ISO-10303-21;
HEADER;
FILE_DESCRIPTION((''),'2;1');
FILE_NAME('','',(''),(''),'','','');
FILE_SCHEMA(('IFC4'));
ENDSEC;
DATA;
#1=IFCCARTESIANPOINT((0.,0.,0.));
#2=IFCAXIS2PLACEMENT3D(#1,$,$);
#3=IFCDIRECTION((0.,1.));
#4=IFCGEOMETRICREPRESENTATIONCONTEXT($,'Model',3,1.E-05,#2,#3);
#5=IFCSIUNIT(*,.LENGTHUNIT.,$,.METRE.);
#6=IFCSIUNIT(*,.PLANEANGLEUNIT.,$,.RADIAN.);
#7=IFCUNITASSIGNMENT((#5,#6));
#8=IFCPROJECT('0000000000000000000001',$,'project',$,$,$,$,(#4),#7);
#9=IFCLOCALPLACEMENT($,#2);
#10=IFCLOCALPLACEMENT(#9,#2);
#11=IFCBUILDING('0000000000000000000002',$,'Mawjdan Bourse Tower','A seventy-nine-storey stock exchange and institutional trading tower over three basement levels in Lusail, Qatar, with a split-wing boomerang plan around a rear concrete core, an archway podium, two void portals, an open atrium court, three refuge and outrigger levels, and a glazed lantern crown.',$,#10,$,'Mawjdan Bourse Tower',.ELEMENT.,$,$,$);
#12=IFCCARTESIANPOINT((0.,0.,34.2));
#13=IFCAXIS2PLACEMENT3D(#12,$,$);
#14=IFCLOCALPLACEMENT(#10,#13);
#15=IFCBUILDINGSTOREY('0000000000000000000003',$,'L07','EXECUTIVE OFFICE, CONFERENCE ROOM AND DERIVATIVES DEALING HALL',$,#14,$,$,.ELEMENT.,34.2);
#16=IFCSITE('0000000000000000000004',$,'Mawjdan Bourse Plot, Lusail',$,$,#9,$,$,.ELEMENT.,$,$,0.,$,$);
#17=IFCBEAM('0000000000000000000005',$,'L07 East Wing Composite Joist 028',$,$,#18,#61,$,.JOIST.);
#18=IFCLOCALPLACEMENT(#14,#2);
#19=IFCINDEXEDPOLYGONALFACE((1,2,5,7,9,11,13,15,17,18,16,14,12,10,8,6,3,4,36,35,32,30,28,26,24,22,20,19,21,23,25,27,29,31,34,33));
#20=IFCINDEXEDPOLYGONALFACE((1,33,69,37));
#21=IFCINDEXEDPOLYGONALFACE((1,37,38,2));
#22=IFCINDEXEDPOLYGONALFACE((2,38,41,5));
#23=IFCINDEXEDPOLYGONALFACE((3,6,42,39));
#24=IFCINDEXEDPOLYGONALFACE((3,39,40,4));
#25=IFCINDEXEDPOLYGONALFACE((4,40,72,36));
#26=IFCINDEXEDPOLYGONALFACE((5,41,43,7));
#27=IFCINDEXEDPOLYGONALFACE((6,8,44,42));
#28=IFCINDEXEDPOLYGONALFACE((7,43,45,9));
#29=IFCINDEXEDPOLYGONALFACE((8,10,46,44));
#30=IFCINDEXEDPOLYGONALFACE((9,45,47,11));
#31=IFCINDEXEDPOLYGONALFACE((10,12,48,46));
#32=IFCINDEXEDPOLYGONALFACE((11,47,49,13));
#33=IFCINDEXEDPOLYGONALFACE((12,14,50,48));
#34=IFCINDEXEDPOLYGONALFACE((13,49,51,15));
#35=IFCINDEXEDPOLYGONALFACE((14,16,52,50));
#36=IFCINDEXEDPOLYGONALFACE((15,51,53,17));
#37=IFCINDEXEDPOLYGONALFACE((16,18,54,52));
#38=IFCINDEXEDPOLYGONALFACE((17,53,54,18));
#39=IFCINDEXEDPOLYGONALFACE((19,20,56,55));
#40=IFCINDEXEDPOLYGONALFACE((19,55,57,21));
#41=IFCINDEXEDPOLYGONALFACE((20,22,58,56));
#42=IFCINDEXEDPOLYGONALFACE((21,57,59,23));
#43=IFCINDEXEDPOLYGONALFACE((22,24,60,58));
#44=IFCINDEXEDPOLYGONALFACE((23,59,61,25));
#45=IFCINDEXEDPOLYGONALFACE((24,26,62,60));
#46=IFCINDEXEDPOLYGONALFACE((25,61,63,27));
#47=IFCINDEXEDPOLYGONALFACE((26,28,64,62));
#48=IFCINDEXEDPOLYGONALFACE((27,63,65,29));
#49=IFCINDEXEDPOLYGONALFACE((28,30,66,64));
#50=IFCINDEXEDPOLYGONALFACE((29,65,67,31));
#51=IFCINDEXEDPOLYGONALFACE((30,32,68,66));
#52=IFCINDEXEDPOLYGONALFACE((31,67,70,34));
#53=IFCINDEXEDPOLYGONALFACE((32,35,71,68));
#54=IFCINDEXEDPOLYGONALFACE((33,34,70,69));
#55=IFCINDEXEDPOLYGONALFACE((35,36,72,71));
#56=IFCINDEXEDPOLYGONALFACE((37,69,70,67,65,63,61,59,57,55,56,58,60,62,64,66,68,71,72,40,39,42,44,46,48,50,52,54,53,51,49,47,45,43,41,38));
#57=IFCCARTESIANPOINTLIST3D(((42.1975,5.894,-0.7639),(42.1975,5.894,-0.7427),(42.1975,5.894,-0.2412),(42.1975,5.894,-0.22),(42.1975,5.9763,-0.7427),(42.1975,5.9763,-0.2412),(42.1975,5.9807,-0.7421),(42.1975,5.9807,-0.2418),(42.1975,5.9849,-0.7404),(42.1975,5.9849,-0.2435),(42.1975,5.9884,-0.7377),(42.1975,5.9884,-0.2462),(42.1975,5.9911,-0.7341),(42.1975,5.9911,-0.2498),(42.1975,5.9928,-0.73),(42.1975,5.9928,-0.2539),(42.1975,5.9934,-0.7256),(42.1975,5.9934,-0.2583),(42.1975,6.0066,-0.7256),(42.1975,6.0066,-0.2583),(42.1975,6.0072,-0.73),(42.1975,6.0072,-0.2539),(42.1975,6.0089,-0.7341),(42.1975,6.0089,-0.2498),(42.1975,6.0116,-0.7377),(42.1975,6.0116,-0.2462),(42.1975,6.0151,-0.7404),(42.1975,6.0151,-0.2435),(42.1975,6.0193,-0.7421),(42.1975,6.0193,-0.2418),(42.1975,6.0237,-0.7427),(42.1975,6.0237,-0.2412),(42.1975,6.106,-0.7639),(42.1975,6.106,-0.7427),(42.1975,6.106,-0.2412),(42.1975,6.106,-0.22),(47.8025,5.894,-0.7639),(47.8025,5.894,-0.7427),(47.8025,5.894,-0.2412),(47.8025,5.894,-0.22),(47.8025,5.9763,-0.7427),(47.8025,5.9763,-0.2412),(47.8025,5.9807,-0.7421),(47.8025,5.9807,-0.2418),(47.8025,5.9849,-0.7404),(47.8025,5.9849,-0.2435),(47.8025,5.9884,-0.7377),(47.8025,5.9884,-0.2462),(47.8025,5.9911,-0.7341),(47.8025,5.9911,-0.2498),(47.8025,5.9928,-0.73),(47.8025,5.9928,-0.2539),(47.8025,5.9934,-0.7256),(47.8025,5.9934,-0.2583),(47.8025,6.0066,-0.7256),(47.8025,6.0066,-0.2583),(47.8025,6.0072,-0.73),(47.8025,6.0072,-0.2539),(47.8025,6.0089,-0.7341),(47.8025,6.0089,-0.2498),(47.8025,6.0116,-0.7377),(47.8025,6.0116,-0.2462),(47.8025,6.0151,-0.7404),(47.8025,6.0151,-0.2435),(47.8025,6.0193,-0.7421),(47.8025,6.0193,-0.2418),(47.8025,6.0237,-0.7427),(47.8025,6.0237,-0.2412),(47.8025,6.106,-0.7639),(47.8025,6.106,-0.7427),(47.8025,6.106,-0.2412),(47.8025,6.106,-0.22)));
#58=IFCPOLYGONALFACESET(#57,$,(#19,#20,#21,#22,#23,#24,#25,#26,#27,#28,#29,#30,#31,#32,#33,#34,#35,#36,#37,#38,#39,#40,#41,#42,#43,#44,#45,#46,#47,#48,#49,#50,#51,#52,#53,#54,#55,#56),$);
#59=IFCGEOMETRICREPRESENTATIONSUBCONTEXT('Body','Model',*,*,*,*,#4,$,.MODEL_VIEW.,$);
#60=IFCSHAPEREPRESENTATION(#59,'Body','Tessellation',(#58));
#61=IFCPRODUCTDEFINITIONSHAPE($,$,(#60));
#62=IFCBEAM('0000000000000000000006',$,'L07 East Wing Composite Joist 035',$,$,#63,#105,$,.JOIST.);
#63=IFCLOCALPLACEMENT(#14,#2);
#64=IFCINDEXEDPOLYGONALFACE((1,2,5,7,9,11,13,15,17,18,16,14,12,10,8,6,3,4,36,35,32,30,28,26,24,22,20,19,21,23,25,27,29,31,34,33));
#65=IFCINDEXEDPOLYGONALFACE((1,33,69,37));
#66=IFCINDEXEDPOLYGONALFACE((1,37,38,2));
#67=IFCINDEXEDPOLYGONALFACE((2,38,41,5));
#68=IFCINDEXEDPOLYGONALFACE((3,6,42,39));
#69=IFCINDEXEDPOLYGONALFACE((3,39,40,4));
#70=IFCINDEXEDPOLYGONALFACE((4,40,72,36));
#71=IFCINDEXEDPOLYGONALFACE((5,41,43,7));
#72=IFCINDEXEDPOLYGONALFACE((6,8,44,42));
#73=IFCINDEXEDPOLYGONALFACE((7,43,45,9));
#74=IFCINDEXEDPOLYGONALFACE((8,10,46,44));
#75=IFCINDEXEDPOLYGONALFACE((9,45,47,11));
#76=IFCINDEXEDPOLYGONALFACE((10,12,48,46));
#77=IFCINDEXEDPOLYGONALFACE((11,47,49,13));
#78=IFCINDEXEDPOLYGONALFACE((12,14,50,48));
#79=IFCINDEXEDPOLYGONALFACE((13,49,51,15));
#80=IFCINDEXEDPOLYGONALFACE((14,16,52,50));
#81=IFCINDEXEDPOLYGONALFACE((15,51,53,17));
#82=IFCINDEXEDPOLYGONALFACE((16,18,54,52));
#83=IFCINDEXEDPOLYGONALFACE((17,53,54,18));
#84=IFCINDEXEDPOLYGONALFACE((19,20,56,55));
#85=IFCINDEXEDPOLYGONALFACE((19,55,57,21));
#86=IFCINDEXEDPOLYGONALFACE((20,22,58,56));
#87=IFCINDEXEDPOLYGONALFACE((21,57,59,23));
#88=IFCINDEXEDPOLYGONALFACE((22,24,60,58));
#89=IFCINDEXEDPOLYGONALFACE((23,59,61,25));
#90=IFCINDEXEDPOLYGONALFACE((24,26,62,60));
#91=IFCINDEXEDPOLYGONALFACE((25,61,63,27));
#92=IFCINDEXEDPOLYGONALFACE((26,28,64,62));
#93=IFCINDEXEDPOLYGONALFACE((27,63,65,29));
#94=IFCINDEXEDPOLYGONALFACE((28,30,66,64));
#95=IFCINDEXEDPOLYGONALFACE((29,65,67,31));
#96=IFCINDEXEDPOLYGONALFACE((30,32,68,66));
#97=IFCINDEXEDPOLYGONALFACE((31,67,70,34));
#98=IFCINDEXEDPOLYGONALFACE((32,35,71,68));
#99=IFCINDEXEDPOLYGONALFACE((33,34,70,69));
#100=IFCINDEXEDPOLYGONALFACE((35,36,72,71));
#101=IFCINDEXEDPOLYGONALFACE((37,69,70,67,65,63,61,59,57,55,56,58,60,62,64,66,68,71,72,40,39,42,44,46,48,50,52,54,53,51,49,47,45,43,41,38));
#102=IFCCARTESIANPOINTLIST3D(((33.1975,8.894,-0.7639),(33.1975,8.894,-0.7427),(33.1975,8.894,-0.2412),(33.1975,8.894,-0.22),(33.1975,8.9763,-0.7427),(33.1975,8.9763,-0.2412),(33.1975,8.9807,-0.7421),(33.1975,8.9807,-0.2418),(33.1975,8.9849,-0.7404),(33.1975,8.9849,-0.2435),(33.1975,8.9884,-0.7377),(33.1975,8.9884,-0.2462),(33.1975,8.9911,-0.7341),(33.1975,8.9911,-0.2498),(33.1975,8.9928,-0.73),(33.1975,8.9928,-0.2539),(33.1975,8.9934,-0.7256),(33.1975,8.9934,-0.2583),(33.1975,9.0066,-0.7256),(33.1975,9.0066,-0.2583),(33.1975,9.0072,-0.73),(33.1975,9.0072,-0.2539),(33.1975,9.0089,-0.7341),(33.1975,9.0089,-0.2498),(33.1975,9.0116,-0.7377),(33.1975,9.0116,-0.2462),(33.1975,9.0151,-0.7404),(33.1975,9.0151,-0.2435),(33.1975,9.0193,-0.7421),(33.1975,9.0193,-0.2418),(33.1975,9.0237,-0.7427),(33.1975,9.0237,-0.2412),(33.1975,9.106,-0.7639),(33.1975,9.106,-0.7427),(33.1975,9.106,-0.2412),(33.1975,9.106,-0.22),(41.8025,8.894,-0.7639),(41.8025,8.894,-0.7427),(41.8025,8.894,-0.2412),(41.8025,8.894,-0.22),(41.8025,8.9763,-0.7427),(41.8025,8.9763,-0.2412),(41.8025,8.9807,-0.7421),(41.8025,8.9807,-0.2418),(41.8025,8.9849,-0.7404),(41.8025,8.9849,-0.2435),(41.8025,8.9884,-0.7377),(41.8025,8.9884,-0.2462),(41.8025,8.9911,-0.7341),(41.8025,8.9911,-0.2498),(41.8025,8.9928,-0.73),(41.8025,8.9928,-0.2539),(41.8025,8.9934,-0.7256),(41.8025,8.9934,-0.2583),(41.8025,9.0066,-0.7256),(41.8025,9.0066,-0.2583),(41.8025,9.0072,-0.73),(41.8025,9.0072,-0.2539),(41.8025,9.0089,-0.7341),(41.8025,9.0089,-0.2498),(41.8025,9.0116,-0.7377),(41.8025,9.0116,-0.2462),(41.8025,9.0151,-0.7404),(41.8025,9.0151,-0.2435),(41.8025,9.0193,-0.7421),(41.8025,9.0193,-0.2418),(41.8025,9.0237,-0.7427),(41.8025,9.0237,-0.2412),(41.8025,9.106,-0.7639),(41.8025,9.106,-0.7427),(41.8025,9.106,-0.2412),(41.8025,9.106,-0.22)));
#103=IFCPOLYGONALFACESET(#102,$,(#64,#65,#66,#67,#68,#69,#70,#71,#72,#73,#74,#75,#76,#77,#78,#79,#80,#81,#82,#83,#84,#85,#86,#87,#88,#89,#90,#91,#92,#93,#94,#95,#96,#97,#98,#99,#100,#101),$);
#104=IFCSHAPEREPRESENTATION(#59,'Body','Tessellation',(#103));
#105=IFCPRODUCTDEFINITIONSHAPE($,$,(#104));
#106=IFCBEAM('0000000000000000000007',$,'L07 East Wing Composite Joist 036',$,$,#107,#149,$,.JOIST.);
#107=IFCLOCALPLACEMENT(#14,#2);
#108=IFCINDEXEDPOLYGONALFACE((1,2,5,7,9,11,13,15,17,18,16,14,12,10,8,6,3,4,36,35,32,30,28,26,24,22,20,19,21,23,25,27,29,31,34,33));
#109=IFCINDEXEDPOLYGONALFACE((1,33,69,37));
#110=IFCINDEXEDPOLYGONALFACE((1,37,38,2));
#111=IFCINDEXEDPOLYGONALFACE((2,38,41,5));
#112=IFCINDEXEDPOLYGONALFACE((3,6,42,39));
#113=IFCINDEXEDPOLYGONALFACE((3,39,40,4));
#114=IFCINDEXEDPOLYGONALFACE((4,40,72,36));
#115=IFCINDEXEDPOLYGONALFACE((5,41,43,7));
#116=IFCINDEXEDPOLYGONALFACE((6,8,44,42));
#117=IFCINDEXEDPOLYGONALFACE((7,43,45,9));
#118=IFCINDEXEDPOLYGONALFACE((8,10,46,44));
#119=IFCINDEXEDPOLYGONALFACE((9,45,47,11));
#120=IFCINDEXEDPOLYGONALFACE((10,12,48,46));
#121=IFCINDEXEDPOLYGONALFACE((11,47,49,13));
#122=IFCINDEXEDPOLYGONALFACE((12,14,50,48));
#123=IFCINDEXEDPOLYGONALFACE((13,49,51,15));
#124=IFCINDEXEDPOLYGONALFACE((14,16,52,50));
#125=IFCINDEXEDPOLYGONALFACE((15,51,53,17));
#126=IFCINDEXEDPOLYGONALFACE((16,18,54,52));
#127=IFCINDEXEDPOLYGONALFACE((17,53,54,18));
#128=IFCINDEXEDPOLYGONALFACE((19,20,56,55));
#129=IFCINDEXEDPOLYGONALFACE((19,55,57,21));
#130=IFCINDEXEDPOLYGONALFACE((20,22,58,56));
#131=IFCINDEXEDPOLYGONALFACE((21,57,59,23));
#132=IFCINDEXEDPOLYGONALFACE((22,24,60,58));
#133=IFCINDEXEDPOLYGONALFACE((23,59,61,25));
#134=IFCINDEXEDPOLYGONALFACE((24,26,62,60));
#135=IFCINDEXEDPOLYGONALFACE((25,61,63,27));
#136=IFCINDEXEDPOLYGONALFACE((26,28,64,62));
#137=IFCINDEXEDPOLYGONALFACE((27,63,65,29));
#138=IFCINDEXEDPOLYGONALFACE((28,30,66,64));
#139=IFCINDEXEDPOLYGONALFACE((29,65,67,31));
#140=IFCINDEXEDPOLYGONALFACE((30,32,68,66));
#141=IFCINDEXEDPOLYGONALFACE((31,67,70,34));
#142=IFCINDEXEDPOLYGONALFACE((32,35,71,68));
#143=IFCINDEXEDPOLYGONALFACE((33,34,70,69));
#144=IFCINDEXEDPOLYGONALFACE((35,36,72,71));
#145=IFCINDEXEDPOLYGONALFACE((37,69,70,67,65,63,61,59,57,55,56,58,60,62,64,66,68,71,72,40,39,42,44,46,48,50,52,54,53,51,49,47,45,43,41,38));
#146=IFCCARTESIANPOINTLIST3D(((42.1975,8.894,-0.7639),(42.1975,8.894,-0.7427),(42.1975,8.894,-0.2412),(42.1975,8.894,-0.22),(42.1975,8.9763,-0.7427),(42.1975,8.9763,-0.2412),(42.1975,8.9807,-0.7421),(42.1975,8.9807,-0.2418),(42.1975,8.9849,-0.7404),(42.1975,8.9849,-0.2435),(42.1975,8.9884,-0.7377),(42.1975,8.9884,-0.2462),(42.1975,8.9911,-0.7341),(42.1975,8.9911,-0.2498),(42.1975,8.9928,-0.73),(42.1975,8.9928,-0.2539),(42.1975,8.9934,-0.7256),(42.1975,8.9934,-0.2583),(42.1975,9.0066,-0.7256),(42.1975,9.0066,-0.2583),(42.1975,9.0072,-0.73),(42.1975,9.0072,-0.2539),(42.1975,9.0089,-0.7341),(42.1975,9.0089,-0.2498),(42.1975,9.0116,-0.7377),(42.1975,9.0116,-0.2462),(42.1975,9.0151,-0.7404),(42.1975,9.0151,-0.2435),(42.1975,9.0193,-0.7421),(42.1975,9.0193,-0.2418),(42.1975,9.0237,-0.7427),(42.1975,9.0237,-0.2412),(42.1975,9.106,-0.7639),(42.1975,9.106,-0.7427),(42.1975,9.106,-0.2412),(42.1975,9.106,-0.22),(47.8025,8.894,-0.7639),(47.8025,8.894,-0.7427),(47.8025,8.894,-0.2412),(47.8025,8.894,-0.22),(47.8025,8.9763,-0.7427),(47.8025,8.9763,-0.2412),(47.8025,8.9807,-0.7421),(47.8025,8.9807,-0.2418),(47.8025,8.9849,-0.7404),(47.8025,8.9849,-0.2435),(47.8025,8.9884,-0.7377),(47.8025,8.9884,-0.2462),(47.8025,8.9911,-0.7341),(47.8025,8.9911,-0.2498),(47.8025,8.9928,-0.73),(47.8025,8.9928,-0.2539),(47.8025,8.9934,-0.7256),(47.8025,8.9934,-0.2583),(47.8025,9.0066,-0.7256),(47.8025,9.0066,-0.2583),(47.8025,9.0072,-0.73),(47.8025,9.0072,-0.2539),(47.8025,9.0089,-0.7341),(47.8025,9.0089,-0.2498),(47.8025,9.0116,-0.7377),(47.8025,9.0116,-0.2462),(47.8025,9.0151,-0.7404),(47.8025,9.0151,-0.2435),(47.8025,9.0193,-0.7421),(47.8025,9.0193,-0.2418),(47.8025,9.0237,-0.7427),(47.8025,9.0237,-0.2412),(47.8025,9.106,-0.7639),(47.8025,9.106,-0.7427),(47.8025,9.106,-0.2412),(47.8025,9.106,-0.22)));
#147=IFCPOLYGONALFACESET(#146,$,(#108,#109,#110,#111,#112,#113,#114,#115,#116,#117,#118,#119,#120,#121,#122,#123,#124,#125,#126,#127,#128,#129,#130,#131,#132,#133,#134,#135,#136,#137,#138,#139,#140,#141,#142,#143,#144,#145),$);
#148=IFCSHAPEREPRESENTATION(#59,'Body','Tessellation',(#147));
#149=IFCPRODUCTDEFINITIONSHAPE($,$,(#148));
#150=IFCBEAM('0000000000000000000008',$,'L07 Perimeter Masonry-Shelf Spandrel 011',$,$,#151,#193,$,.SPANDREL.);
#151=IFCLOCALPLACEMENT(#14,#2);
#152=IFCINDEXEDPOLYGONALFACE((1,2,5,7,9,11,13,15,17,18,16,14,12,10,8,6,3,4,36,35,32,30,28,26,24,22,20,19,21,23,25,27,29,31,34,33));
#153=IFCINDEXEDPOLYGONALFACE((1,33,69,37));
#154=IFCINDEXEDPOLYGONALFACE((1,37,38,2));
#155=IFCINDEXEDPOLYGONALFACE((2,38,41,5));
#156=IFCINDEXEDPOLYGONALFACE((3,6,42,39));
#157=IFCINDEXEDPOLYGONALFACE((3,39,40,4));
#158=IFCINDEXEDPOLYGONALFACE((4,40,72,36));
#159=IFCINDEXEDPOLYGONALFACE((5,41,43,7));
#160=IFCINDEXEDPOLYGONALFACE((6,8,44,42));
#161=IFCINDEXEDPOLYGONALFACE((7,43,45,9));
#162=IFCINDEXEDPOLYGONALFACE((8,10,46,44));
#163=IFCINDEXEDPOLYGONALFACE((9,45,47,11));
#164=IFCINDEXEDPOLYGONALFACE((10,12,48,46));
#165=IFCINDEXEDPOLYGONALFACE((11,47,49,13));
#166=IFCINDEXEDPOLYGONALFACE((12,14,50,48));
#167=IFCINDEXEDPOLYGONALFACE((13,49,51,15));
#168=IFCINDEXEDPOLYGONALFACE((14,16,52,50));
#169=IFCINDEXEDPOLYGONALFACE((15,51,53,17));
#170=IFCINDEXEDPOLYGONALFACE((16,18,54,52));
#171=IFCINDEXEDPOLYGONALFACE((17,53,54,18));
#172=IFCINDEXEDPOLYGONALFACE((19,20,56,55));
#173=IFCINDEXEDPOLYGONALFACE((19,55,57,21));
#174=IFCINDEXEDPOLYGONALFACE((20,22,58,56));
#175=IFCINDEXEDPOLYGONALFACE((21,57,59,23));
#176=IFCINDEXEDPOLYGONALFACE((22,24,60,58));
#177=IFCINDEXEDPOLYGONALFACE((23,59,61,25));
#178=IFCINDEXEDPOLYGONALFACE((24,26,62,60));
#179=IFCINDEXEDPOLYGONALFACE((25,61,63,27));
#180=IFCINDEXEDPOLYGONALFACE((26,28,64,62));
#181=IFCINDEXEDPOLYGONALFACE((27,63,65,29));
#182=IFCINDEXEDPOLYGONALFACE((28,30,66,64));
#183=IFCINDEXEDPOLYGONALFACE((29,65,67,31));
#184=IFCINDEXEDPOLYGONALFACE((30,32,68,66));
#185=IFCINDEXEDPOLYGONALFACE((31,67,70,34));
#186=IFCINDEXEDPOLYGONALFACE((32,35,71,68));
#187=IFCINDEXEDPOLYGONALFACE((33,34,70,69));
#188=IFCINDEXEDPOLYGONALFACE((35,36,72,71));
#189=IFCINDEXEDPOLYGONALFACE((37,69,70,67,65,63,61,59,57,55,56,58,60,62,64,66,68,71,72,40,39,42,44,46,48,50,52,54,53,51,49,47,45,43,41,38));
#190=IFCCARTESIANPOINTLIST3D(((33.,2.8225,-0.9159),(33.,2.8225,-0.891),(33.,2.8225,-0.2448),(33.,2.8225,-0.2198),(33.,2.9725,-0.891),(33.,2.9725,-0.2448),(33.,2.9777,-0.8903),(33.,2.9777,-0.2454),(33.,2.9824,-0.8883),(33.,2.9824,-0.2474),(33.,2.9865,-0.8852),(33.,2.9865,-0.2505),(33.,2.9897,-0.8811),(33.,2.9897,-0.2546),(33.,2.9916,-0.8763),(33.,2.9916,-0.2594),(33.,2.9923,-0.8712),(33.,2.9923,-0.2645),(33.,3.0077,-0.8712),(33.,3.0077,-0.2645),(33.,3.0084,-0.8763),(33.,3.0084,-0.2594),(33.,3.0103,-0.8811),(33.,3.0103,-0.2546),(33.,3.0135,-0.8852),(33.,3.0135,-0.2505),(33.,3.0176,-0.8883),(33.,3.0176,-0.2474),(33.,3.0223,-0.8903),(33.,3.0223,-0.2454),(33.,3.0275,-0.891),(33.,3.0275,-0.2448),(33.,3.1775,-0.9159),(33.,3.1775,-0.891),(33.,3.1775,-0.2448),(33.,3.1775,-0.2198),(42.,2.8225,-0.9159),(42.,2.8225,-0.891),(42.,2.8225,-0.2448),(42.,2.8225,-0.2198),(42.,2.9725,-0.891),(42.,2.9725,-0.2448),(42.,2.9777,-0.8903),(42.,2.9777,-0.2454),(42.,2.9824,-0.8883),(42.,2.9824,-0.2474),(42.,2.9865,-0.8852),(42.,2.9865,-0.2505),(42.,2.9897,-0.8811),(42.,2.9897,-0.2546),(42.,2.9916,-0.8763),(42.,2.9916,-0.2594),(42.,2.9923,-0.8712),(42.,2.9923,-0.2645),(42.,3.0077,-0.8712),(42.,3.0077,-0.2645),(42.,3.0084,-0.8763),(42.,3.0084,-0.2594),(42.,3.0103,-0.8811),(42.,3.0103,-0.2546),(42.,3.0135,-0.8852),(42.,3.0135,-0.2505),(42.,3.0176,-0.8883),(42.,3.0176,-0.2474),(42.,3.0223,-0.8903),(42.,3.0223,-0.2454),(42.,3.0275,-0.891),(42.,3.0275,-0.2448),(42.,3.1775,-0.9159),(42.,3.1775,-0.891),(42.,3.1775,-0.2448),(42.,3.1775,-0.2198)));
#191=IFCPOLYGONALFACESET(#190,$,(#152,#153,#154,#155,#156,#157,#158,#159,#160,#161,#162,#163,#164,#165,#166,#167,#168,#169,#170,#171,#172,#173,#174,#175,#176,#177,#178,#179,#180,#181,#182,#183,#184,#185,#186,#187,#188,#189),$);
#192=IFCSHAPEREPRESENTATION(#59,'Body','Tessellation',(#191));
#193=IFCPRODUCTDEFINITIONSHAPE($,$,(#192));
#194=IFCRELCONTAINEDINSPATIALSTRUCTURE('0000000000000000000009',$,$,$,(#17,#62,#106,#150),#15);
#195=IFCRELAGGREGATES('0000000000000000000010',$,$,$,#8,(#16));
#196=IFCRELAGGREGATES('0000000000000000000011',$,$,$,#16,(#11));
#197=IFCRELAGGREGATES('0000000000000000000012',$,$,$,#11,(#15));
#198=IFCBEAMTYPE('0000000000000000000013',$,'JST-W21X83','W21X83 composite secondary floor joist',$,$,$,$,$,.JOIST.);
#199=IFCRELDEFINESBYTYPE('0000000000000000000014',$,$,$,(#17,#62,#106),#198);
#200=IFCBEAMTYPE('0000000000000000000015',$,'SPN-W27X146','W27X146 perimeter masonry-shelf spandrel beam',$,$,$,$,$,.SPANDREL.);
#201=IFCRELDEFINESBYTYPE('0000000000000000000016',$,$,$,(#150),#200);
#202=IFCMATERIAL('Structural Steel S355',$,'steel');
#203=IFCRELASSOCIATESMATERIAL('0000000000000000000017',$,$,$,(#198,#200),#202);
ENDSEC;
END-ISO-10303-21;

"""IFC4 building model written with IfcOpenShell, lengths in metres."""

from ifc_helpers import new_model, si_unit, direction, frame, origin, origin_2d, place, context, subcontext, project, spatial, i_section, extrude, material, material_profile, profile_set, type_object, element, save


model = new_model("IFC4")

# Units and contexts
model_context = context("Model", 3, precision=1e-05, world=origin(), true_north=direction((0.0, 1.0)))
body_context = subcontext(model_context, "Body", "Model", "MODEL_VIEW")
ifc_project = project(units=[si_unit("LENGTHUNIT", "METRE"), si_unit("PLANEANGLEUNIT", "RADIAN")], contexts=[model_context])

# Site, building, storey
site_placement = place(None, origin())
site = spatial("IfcSite", under=ifc_project, at=site_placement, Name="Mawjdan Bourse Plot, Lusail", CompositionType="ELEMENT", RefElevation=0.0)
building_placement = place(site_placement, origin())
building = spatial("IfcBuilding", under=site, at=building_placement, Name="Mawjdan Bourse Tower", Description="A seventy-nine-storey stock exchange and institutional trading tower over three basement levels in Lusail, Qatar, with a split-wing boomerang plan around a rear concrete core, an archway podium, two void portals, an open atrium court, three refuge and outrigger levels, and a glazed lantern crown.", LongName="Mawjdan Bourse Tower", CompositionType="ELEMENT")
storey_placement = place(building_placement, frame((0.0, 0.0, 34.2)))
storey = spatial("IfcBuildingStorey", under=building, at=storey_placement, Name="L07", Description="EXECUTIVE OFFICE, CONFERENCE ROOM AND DERIVATIVES DEALING HALL", CompositionType="ELEMENT", Elevation=34.2)

# Beams
ifc_material_1 = material(Name="Structural Steel S355", Category="steel")
ifc_material_profile_1 = material_profile(ifc_material_1, i_section(OverallWidth=0.2119, OverallDepth=0.5439, WebThickness=0.0132, FlangeThickness=0.0212, FilletRadius=0.0171, at=origin_2d()), Name="W21X83")
ifc_profile_set_1 = profile_set([ifc_material_profile_1], Name="Structural Steel S355")
beam_type_1 = type_object("IfcBeamType", Name="JST-W21X83", Description="W21X83 composite secondary floor joist", PredefinedType="JOIST", material=ifc_profile_set_1)
beam_1_placement = place(storey_placement, frame((42.1975, 6.0, -0.4919), z_axis=(1.0, 0.0, 0.0), x_axis=(0.0, 1.0, 0.0)))
element("IfcBeam", 1, at=beam_1_placement, inside=storey, type_object=beam_type_1, Name="L07 East Wing Composite Joist 028", PredefinedType="JOIST", context=body_context, shape_type="SweptSolid", body=[
    extrude(i_section(OverallWidth=0.2119, OverallDepth=0.5439, WebThickness=0.0132, FlangeThickness=0.0212, FilletRadius=0.0171, at=origin_2d()), origin(), (0.0, 0.0, 1.0), 5.605),
])
beam_2_placement = place(storey_placement, frame((33.1975, 9.0, -0.4919), z_axis=(1.0, 0.0, 0.0), x_axis=(0.0, 1.0, 0.0)))
element("IfcBeam", 2, at=beam_2_placement, inside=storey, type_object=beam_type_1, Name="L07 East Wing Composite Joist 035", PredefinedType="JOIST", context=body_context, shape_type="SweptSolid", body=[
    extrude(i_section(OverallWidth=0.2119, OverallDepth=0.5439, WebThickness=0.0132, FlangeThickness=0.0212, FilletRadius=0.0171, at=origin_2d()), origin(), (0.0, 0.0, 1.0), 8.605),
])
beam_3_placement = place(storey_placement, frame((42.1975, 9.0, -0.4919), z_axis=(1.0, 0.0, 0.0), x_axis=(0.0, 1.0, 0.0)))
element("IfcBeam", 3, at=beam_3_placement, inside=storey, type_object=beam_type_1, Name="L07 East Wing Composite Joist 036", PredefinedType="JOIST", context=body_context, shape_type="SweptSolid", body=[
    extrude(i_section(OverallWidth=0.2119, OverallDepth=0.5439, WebThickness=0.0132, FlangeThickness=0.0212, FilletRadius=0.0171, at=origin_2d()), origin(), (0.0, 0.0, 1.0), 5.605),
])
ifc_material_profile_2 = material_profile(ifc_material_1, i_section(OverallWidth=0.355, OverallDepth=0.696, WebThickness=0.0154, FlangeThickness=0.0249, FilletRadius=0.0198, at=origin_2d()), Name="W27X146")
ifc_profile_set_2 = profile_set([ifc_material_profile_2], Name="Structural Steel S355")
beam_type_2 = type_object("IfcBeamType", Name="SPN-W27X146", Description="W27X146 perimeter masonry-shelf spandrel beam", PredefinedType="SPANDREL", material=ifc_profile_set_2)
beam_4_placement = place(storey_placement, frame((33.0, 3.0, -0.5679), z_axis=(1.0, 0.0, 0.0), x_axis=(0.0, 1.0, 0.0)))
element("IfcBeam", 4, at=beam_4_placement, inside=storey, type_object=beam_type_2, Name="L07 Perimeter Masonry-Shelf Spandrel 011", PredefinedType="SPANDREL", context=body_context, shape_type="SweptSolid", body=[
    extrude(i_section(OverallWidth=0.355, OverallDepth=0.696, WebThickness=0.0154, FlangeThickness=0.0249, FilletRadius=0.0198, at=origin_2d()), origin(), (0.0, 0.0, 1.0), 9.0),
])

save(model, "model.ifc")
